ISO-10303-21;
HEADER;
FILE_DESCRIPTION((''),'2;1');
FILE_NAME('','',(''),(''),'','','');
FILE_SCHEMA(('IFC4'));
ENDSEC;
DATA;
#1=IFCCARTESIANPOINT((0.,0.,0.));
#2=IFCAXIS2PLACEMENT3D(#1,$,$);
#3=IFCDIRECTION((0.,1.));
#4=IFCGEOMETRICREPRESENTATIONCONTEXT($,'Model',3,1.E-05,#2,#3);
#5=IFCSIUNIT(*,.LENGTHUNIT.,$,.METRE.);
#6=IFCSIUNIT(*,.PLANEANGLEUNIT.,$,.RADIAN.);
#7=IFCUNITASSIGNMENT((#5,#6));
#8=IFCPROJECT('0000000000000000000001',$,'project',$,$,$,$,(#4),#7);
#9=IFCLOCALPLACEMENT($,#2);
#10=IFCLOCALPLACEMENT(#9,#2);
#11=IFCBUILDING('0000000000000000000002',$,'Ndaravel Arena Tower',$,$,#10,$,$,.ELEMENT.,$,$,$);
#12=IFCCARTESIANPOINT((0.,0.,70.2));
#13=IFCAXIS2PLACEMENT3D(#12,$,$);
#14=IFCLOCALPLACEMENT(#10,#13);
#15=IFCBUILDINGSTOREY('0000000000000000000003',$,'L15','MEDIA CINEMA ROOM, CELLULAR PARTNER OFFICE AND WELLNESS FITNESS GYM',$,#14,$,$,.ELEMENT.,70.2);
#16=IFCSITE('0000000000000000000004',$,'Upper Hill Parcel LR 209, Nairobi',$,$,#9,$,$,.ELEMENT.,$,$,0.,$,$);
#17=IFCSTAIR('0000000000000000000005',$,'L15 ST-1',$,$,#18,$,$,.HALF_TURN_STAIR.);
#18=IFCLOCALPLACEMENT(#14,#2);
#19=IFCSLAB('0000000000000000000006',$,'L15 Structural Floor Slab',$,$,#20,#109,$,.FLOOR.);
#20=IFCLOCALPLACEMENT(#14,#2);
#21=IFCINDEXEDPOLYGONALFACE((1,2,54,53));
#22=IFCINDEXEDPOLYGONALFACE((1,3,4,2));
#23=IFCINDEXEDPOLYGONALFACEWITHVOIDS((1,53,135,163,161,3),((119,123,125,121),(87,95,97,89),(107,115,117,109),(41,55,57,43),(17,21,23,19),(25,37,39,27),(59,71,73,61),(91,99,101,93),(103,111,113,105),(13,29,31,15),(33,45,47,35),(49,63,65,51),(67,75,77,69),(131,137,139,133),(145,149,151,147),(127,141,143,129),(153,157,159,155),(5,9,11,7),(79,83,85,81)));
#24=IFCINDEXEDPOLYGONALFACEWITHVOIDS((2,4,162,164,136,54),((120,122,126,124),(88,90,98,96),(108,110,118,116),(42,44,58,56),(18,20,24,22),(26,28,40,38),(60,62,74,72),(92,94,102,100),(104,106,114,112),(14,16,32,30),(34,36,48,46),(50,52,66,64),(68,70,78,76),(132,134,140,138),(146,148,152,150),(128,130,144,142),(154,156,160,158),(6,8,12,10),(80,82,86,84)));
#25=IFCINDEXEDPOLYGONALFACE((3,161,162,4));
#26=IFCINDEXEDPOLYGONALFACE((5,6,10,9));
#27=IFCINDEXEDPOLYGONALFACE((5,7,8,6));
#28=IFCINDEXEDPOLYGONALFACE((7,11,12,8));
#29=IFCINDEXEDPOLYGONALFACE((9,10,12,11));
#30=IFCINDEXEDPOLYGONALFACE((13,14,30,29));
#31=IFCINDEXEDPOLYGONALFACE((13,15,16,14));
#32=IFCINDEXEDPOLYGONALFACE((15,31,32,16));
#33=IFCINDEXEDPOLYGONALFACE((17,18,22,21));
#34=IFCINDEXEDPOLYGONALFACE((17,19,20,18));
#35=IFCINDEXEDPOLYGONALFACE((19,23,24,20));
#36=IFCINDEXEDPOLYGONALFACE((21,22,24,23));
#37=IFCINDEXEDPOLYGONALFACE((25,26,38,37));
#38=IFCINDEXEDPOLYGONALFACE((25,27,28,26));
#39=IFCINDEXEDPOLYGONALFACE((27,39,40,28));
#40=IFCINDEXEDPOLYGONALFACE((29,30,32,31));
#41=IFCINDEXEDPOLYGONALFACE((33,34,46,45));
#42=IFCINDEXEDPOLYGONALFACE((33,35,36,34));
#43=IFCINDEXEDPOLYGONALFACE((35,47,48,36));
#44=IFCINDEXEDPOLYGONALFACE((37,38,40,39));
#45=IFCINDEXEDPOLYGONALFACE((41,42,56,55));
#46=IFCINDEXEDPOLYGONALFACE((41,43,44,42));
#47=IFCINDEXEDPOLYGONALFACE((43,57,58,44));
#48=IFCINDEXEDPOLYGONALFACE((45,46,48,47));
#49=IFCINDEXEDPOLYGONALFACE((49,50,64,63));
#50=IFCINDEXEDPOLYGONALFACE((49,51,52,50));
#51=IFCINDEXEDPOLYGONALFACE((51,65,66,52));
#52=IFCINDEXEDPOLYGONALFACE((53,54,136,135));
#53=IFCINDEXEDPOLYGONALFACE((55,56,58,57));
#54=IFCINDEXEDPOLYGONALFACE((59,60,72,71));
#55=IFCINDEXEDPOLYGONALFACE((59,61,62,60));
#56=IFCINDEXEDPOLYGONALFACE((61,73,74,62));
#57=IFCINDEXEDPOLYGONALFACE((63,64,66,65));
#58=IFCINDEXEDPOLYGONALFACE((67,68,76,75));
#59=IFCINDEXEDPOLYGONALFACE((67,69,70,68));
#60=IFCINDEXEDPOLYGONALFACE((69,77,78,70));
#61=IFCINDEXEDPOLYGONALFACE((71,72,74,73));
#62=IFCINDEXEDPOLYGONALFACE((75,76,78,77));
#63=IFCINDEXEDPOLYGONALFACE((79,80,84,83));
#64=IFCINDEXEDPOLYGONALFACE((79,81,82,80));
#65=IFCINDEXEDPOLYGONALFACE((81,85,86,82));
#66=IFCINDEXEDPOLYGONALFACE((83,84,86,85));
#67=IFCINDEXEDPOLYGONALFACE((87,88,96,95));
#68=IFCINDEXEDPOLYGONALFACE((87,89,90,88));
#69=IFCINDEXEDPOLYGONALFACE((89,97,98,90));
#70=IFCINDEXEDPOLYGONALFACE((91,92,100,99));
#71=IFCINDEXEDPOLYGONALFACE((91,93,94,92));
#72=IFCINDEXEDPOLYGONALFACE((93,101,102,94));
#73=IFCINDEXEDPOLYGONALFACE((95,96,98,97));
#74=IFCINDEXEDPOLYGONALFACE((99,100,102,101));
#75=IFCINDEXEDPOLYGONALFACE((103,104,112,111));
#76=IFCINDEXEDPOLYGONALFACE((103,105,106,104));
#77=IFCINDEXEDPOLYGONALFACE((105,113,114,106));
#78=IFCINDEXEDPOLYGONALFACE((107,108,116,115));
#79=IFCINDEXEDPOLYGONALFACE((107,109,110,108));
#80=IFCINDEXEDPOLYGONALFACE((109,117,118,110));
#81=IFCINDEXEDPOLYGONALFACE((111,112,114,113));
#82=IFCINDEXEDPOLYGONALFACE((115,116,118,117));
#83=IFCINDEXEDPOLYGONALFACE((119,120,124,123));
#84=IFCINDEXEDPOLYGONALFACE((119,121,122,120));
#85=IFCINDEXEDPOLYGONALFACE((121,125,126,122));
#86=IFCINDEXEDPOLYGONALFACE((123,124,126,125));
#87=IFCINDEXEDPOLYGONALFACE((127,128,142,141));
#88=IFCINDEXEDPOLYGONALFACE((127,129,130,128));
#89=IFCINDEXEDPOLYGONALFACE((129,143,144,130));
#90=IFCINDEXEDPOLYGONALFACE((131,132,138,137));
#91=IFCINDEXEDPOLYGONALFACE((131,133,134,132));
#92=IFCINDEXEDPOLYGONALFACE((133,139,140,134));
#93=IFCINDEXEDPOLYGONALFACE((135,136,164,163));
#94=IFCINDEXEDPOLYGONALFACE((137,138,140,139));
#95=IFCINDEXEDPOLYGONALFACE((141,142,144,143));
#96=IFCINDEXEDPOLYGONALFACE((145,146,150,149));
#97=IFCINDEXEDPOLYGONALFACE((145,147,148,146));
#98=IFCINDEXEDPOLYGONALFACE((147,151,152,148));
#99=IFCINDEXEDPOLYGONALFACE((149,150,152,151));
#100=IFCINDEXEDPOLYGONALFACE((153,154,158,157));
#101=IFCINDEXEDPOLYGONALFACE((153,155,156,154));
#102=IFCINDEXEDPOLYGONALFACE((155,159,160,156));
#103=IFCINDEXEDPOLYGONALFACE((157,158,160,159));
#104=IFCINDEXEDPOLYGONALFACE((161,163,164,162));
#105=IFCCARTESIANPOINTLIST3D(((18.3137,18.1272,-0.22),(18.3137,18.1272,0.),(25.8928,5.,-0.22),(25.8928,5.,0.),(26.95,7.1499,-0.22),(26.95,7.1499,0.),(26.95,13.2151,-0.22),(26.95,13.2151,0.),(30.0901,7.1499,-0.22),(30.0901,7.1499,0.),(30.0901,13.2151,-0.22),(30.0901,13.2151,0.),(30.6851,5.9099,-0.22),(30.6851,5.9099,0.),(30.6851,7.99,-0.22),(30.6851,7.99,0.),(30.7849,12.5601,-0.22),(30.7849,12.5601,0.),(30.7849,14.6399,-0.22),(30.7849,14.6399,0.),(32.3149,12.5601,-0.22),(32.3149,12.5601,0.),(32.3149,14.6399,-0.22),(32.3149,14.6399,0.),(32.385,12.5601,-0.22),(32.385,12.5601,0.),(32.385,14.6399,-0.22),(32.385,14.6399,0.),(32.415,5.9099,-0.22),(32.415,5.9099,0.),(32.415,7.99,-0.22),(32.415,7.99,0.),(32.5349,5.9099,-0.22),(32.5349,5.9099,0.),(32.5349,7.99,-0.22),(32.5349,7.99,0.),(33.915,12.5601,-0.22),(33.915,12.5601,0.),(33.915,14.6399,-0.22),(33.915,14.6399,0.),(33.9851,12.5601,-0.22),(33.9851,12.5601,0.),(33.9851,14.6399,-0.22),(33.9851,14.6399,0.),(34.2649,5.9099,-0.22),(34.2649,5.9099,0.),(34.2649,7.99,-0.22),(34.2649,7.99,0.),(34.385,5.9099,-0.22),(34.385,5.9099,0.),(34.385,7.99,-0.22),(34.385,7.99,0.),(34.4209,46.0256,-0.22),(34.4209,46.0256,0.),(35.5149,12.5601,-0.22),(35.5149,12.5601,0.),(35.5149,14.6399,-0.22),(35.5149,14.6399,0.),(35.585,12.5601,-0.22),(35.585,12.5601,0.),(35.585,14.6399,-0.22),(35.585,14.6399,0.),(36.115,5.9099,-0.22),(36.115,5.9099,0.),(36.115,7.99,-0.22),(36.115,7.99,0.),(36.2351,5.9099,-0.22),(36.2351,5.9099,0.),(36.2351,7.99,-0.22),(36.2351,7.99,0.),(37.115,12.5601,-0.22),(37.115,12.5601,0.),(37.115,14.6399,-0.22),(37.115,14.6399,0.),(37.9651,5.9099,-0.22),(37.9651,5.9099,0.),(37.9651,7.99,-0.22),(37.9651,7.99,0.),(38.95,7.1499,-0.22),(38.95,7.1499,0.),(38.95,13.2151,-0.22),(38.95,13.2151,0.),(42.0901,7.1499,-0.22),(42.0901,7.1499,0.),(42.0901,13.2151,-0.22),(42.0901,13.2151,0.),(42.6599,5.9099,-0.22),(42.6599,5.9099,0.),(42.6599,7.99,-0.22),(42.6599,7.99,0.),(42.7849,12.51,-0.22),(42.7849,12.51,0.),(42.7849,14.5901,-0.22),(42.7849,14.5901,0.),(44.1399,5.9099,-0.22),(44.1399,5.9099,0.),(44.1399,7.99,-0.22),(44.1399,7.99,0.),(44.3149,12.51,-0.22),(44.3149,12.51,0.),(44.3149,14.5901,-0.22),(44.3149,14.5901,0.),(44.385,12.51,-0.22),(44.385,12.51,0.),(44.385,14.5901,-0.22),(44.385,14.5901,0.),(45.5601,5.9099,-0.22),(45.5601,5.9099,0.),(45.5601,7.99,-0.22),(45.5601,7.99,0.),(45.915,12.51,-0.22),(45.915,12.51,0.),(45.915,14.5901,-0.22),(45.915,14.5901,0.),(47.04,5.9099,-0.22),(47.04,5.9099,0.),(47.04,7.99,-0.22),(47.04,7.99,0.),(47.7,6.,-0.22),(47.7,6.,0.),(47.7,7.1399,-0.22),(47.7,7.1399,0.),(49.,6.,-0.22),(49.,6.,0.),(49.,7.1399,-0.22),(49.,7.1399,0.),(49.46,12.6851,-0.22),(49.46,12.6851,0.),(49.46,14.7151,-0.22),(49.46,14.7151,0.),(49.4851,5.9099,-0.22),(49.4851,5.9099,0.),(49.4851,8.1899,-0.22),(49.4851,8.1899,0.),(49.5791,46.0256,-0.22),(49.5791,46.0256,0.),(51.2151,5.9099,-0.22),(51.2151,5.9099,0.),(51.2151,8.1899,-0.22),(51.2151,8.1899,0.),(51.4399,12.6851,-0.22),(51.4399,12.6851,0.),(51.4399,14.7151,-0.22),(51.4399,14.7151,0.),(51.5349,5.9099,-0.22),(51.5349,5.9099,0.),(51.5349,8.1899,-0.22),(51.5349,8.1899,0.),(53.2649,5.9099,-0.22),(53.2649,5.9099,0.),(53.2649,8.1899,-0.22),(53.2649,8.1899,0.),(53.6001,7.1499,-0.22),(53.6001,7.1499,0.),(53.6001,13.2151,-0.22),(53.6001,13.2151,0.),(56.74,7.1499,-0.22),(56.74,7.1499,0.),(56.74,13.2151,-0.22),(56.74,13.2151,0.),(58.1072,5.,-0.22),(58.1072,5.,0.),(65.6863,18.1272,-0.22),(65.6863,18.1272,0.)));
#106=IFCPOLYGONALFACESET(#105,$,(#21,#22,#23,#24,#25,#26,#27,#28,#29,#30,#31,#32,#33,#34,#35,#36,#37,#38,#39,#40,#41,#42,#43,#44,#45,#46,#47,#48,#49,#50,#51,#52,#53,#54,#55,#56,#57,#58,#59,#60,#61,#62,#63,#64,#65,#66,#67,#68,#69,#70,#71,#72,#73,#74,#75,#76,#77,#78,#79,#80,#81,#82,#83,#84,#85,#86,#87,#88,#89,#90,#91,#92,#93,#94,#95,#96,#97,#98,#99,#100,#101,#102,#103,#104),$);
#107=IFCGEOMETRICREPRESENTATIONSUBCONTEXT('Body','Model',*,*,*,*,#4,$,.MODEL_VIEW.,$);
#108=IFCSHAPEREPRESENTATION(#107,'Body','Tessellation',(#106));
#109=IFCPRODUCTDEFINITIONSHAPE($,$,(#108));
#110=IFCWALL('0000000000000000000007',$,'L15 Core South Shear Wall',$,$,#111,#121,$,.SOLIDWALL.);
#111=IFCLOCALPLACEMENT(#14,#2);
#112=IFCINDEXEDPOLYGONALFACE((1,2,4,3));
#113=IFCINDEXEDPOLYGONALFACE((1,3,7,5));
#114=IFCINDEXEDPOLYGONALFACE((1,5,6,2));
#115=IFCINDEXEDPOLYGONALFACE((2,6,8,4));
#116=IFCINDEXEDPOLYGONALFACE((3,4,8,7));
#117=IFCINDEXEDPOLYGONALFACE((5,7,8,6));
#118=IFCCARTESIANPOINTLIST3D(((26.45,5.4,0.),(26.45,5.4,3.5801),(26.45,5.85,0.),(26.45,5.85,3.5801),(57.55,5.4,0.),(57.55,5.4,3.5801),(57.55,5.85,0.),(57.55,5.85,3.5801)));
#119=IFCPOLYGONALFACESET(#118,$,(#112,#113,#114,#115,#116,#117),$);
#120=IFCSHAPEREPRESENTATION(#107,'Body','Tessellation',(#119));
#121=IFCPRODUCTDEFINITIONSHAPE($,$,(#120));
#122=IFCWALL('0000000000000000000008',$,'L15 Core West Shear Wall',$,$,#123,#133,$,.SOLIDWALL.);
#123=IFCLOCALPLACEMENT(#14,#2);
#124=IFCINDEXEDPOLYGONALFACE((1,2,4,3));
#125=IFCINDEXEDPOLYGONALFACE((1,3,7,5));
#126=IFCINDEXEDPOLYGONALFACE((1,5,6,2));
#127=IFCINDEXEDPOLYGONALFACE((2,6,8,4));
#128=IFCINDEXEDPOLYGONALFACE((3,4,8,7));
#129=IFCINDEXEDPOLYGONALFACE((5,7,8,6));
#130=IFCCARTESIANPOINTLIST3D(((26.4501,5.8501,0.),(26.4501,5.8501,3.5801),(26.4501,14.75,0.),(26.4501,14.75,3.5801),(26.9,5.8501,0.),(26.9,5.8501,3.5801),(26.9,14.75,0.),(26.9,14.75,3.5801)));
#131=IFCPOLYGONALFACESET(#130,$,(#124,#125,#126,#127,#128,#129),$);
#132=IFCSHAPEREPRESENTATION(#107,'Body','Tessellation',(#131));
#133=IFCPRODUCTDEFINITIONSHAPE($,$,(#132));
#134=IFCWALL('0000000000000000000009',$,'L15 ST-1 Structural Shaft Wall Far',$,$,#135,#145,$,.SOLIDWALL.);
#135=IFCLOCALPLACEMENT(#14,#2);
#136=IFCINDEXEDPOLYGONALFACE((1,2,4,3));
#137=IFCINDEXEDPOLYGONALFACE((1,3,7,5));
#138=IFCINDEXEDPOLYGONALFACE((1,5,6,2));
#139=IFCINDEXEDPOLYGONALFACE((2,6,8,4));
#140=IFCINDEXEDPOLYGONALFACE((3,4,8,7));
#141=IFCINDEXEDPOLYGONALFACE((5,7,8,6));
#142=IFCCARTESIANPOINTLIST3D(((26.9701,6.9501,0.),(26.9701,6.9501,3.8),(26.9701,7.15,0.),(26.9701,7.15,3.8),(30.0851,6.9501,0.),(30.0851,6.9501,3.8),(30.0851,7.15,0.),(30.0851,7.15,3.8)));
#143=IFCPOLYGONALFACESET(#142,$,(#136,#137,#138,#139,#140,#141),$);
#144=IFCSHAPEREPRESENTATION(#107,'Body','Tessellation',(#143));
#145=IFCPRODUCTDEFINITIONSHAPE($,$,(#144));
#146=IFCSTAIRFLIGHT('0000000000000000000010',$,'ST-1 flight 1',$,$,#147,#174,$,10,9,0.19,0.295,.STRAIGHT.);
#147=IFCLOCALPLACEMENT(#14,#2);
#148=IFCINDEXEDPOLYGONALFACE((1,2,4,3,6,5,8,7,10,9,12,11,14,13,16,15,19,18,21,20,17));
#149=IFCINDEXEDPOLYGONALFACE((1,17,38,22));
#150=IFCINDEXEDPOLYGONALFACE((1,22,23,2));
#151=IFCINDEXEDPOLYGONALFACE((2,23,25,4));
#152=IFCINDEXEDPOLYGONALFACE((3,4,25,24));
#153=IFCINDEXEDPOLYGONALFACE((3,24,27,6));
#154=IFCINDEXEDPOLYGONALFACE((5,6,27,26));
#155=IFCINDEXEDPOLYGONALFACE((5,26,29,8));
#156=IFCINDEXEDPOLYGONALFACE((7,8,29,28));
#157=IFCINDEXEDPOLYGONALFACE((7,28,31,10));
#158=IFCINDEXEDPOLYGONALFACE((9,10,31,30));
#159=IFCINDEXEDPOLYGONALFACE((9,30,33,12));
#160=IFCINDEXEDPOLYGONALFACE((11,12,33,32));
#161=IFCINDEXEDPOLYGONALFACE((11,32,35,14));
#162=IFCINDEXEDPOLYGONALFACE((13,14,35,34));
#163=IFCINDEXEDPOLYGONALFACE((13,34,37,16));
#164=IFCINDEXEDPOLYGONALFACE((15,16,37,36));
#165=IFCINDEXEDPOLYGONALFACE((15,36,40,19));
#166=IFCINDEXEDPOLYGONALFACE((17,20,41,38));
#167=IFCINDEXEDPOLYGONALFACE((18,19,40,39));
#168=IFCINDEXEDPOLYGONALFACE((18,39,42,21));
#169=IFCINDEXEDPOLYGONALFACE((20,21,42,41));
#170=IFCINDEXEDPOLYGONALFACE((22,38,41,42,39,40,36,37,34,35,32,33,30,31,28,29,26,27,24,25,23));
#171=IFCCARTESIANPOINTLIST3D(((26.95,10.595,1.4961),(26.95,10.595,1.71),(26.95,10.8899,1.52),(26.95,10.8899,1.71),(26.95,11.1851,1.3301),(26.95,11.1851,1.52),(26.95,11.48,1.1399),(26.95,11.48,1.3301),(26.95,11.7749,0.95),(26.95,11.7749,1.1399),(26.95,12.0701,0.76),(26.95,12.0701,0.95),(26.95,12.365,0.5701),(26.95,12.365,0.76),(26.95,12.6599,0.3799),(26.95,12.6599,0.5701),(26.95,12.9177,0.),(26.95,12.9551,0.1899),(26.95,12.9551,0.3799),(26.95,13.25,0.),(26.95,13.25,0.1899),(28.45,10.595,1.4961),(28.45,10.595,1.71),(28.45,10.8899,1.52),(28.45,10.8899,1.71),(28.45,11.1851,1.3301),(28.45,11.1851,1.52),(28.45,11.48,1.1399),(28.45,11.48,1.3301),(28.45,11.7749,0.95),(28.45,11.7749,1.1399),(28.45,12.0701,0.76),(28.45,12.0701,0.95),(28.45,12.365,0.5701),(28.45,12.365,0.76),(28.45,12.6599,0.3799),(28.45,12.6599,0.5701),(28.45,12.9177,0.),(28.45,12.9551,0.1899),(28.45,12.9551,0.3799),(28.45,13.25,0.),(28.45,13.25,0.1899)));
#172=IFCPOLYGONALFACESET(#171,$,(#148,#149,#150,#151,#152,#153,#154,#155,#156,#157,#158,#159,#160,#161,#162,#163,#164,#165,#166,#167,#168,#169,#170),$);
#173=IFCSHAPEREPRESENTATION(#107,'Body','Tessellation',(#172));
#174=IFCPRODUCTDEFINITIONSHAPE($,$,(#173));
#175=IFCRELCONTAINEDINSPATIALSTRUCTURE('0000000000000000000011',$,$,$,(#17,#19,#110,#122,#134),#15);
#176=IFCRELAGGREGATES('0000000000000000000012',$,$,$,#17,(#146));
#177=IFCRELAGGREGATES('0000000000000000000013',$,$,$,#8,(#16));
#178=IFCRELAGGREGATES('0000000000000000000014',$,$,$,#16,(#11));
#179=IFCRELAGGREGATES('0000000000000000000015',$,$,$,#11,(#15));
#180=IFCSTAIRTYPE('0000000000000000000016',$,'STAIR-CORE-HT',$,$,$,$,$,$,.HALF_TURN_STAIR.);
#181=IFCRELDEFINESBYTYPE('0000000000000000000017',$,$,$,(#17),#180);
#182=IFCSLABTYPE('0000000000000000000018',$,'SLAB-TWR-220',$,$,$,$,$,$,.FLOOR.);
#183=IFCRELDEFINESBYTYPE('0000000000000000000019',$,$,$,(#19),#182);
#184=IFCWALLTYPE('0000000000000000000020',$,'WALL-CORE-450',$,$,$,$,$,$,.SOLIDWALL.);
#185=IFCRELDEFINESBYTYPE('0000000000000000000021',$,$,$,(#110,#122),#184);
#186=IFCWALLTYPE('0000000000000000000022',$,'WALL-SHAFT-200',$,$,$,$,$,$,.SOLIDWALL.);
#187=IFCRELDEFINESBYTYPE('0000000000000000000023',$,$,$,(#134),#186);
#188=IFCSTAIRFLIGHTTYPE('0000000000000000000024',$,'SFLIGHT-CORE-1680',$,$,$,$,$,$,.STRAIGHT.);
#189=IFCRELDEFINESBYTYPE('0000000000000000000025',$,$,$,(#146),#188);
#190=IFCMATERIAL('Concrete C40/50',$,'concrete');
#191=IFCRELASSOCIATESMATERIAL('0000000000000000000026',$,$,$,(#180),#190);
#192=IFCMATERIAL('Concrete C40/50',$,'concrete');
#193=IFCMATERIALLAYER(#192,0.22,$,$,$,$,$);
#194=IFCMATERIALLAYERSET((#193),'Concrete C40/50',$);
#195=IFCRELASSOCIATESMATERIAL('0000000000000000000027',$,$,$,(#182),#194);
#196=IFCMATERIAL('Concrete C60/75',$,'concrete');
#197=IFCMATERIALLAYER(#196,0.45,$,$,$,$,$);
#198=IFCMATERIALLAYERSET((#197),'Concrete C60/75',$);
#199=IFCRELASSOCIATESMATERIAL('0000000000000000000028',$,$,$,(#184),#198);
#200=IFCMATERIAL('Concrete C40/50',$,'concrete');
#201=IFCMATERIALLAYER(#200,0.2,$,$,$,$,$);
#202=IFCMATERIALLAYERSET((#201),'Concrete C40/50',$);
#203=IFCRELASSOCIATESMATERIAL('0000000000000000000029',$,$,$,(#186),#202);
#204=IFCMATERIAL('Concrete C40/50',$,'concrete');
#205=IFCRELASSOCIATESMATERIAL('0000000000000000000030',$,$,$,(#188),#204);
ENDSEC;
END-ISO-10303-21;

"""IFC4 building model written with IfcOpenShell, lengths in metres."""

from ifc_helpers import new_model, si_unit, direction, frame, frame_2d, origin, place, context, subcontext, project, spatial, polyline, rectangle, outline, extrude, material, layer, layer_set, type_object, element, aggregate, save


model = new_model("IFC4")

# Units and contexts
model_context = context("Model", 3, precision=1e-05, world=origin(), true_north=direction((0.0, 1.0)))
body_context = subcontext(model_context, "Body", "Model", "MODEL_VIEW")
ifc_project = project(units=[si_unit("LENGTHUNIT", "METRE"), si_unit("PLANEANGLEUNIT", "RADIAN")], contexts=[model_context])

# Site, building, storey
site_placement = place(None, origin())
site = spatial("IfcSite", under=ifc_project, at=site_placement, Name="Upper Hill Parcel LR 209, Nairobi", CompositionType="ELEMENT", RefElevation=0.0)
building_placement = place(site_placement, origin())
building = spatial("IfcBuilding", under=site, at=building_placement, Name="Ndaravel Arena Tower", CompositionType="ELEMENT")
storey_placement = place(building_placement, frame((0.0, 0.0, 70.2)))
storey = spatial("IfcBuildingStorey", under=building, at=storey_placement, Name="L15", Description="MEDIA CINEMA ROOM, CELLULAR PARTNER OFFICE AND WELLNESS FITNESS GYM", CompositionType="ELEMENT", Elevation=70.2)

# Stair
ifc_material_1 = material(Name="Concrete C40/50", Category="concrete")
stair_type = type_object("IfcStairType", Name="STAIR-CORE-HT", PredefinedType="HALF_TURN_STAIR", material=ifc_material_1)
stair_1_placement = place(storey_placement, origin())
stair_1 = element("IfcStair", 1, at=stair_1_placement, inside=storey, type_object=stair_type, Name="L15 ST-1", PredefinedType="HALF_TURN_STAIR")

# Slab
ifc_material_2 = material(Name="Concrete C40/50", Category="concrete")
ifc_layer_1 = layer(ifc_material_2, 0.22)
ifc_layer_set_1 = layer_set([ifc_layer_1], Name="Concrete C40/50")
slab_type_1 = type_object("IfcSlabType", Name="SLAB-TWR-220", PredefinedType="FLOOR", material=ifc_layer_set_1)
slab_1_placement = place(storey_placement, frame((0.0, 0.0, -0.22)))
element("IfcSlab", 2, at=slab_1_placement, inside=storey, type_object=slab_type_1, Name="L15 Structural Floor Slab", PredefinedType="FLOOR", context=body_context, shape_type="SweptSolid", body=[
    extrude(outline(polyline([(18.3137, 18.1272), (25.8928, 5.0), (58.1072, 5.0), (65.6863, 18.1272), (49.5791, 46.0256), (34.4209, 46.0256), (18.3137, 18.1272)]), holes=[polyline([(26.95, 13.2151), (26.95, 7.1499), (30.0901, 7.1499), (30.0901, 13.2151), (26.95, 13.2151)]), polyline([(38.95, 13.2151), (38.95, 7.1499), (42.0901, 7.1499), (42.0901, 13.2151), (38.95, 13.2151)]), polyline([(53.6001, 13.2151), (53.6001, 7.1499), (56.74, 7.1499), (56.74, 13.2151), (53.6001, 13.2151)]), polyline([(30.6851, 5.9099), (32.415, 5.9099), (32.415, 7.99), (30.6851, 7.99), (30.6851, 5.9099)]), polyline([(32.5349, 5.9099), (34.2649, 5.9099), (34.2649, 7.99), (32.5349, 7.99), (32.5349, 5.9099)]), polyline([(34.385, 5.9099), (36.115, 5.9099), (36.115, 7.99), (34.385, 7.99), (34.385, 5.9099)]), polyline([(36.2351, 5.9099), (37.9651, 5.9099), (37.9651, 7.99), (36.2351, 7.99), (36.2351, 5.9099)]), polyline([(30.7849, 12.5601), (32.3149, 12.5601), (32.3149, 14.6399), (30.7849, 14.6399), (30.7849, 12.5601)]), polyline([(32.385, 12.5601), (33.915, 12.5601), (33.915, 14.6399), (32.385, 14.6399), (32.385, 12.5601)]), polyline([(33.9851, 12.5601), (35.5149, 12.5601), (35.5149, 14.6399), (33.9851, 14.6399), (33.9851, 12.5601)]), polyline([(35.585, 12.5601), (37.115, 12.5601), (37.115, 14.6399), (35.585, 14.6399), (35.585, 12.5601)]), polyline([(42.6599, 5.9099), (44.1399, 5.9099), (44.1399, 7.99), (42.6599, 7.99), (42.6599, 5.9099)]), polyline([(45.5601, 5.9099), (47.04, 5.9099), (47.04, 7.99), (45.5601, 7.99), (45.5601, 5.9099)]), polyline([(42.7849, 12.51), (44.3149, 12.51), (44.3149, 14.5901), (42.7849, 14.5901), (42.7849, 12.51)]), polyline([(44.385, 12.51), (45.915, 12.51), (45.915, 14.5901), (44.385, 14.5901), (44.385, 12.51)]), polyline([(49.4851, 5.9099), (51.2151, 5.9099), (51.2151, 8.1899), (49.4851, 8.1899), (49.4851, 5.9099)]), polyline([(51.5349, 5.9099), (53.2649, 5.9099), (53.2649, 8.1899), (51.5349, 8.1899), (51.5349, 5.9099)]), polyline([(49.46, 12.6851), (51.4399, 12.6851), (51.4399, 14.7151), (49.46, 14.7151), (49.46, 12.6851)]), polyline([(47.7, 6.0), (49.0, 6.0), (49.0, 7.1399), (47.7, 7.1399), (47.7, 6.0)])]), origin(), (0.0, 0.0, 1.0), 0.22),
])

# Walls
ifc_material_3 = material(Name="Concrete C60/75", Category="concrete")
ifc_layer_2 = layer(ifc_material_3, 0.45)
ifc_layer_set_2 = layer_set([ifc_layer_2], Name="Concrete C60/75")
wall_type_1 = type_object("IfcWallType", Name="WALL-CORE-450", PredefinedType="SOLIDWALL", material=ifc_layer_set_2)
wall_1_placement = place(storey_placement, frame((26.45, 5.625, 0.0), z_axis=(0.0, 0.0, 1.0), x_axis=(1.0, 0.0, 0.0)))
element("IfcWall", 3, at=wall_1_placement, inside=storey, type_object=wall_type_1, Name="L15 Core South Shear Wall", PredefinedType="SOLIDWALL", context=body_context, shape_type="SweptSolid", body=[
    extrude(rectangle(XDim=31.1001, YDim=0.45, at=frame_2d((15.55, 0.0))), origin(), (0.0, 0.0, 1.0), 3.5801),
])
wall_2_placement = place(storey_placement, frame((26.675, 5.8501, 0.0), z_axis=(0.0, 0.0, 1.0), x_axis=(0.0, 1.0, 0.0)))
element("IfcWall", 4, at=wall_2_placement, inside=storey, type_object=wall_type_1, Name="L15 Core West Shear Wall", PredefinedType="SOLIDWALL", context=body_context, shape_type="SweptSolid", body=[
    extrude(rectangle(XDim=8.8999, YDim=0.45, at=frame_2d((4.45, 0.0))), origin(), (0.0, 0.0, 1.0), 3.5801),
])
ifc_material_4 = material(Name="Concrete C40/50", Category="concrete")
ifc_layer_3 = layer(ifc_material_4, 0.2)
ifc_layer_set_3 = layer_set([ifc_layer_3], Name="Concrete C40/50")
wall_type_2 = type_object("IfcWallType", Name="WALL-SHAFT-200", PredefinedType="SOLIDWALL", material=ifc_layer_set_3)
wall_3_placement = place(storey_placement, frame((26.97, 7.05, 0.0), z_axis=(0.0, 0.0, 1.0), x_axis=(1.0, 0.0, 0.0)))
element("IfcWall", 5, at=wall_3_placement, inside=storey, type_object=wall_type_2, Name="L15 ST-1 Structural Shaft Wall Far", PredefinedType="SOLIDWALL", context=body_context, shape_type="SweptSolid", body=[
    extrude(rectangle(XDim=3.115, YDim=0.2, at=frame_2d((1.5576, 0.0))), origin(), (0.0, 0.0, 1.0), 3.8),
])

# Stair flight
ifc_material_5 = material(Name="Concrete C40/50", Category="concrete")
stair_flight_type = type_object("IfcStairFlightType", Name="SFLIGHT-CORE-1680", PredefinedType="STRAIGHT", material=ifc_material_5)
stair_flight_1_placement = place(storey_placement, frame((27.7, 13.25, 0.0), z_axis=(0.0, 0.0, 1.0), x_axis=(0.0, -1.0, 0.0)))
stair_flight_1 = element("IfcStairFlight", 6, at=stair_flight_1_placement, type_object=stair_flight_type, Name="ST-1 flight 1", NumberOfRisers=10, NumberOfTreads=9, PredefinedType="STRAIGHT", RiserHeight=0.19, TreadLength=0.295, context=body_context, shape_type="SweptSolid", body=[
    extrude(outline(polyline([(0.0, 0.0), (0.0, 0.1899), (0.2949, 0.1899), (0.2949, 0.3799), (0.5901, 0.3799), (0.5901, 0.5701), (0.885, 0.5701), (0.885, 0.76), (1.1799, 0.76), (1.1799, 0.95), (1.4751, 0.95), (1.4751, 1.1399), (1.77, 1.1399), (1.77, 1.3301), (2.0649, 1.3301), (2.0649, 1.52), (2.3601, 1.52), (2.3601, 1.71), (2.655, 1.71), (2.655, 1.8999), (2.655, 1.4961), (0.3323, 0.0), (0.0, 0.0)])), frame((0.0, 0.75, 0.0), z_axis=(0.0, -1.0, 0.0), x_axis=(1.0, 0.0, 0.0)), (0.0, 0.0, 1.0), 1.5),
])
aggregate(stair_1, [stair_flight_1])

save(model, "model.ifc")
